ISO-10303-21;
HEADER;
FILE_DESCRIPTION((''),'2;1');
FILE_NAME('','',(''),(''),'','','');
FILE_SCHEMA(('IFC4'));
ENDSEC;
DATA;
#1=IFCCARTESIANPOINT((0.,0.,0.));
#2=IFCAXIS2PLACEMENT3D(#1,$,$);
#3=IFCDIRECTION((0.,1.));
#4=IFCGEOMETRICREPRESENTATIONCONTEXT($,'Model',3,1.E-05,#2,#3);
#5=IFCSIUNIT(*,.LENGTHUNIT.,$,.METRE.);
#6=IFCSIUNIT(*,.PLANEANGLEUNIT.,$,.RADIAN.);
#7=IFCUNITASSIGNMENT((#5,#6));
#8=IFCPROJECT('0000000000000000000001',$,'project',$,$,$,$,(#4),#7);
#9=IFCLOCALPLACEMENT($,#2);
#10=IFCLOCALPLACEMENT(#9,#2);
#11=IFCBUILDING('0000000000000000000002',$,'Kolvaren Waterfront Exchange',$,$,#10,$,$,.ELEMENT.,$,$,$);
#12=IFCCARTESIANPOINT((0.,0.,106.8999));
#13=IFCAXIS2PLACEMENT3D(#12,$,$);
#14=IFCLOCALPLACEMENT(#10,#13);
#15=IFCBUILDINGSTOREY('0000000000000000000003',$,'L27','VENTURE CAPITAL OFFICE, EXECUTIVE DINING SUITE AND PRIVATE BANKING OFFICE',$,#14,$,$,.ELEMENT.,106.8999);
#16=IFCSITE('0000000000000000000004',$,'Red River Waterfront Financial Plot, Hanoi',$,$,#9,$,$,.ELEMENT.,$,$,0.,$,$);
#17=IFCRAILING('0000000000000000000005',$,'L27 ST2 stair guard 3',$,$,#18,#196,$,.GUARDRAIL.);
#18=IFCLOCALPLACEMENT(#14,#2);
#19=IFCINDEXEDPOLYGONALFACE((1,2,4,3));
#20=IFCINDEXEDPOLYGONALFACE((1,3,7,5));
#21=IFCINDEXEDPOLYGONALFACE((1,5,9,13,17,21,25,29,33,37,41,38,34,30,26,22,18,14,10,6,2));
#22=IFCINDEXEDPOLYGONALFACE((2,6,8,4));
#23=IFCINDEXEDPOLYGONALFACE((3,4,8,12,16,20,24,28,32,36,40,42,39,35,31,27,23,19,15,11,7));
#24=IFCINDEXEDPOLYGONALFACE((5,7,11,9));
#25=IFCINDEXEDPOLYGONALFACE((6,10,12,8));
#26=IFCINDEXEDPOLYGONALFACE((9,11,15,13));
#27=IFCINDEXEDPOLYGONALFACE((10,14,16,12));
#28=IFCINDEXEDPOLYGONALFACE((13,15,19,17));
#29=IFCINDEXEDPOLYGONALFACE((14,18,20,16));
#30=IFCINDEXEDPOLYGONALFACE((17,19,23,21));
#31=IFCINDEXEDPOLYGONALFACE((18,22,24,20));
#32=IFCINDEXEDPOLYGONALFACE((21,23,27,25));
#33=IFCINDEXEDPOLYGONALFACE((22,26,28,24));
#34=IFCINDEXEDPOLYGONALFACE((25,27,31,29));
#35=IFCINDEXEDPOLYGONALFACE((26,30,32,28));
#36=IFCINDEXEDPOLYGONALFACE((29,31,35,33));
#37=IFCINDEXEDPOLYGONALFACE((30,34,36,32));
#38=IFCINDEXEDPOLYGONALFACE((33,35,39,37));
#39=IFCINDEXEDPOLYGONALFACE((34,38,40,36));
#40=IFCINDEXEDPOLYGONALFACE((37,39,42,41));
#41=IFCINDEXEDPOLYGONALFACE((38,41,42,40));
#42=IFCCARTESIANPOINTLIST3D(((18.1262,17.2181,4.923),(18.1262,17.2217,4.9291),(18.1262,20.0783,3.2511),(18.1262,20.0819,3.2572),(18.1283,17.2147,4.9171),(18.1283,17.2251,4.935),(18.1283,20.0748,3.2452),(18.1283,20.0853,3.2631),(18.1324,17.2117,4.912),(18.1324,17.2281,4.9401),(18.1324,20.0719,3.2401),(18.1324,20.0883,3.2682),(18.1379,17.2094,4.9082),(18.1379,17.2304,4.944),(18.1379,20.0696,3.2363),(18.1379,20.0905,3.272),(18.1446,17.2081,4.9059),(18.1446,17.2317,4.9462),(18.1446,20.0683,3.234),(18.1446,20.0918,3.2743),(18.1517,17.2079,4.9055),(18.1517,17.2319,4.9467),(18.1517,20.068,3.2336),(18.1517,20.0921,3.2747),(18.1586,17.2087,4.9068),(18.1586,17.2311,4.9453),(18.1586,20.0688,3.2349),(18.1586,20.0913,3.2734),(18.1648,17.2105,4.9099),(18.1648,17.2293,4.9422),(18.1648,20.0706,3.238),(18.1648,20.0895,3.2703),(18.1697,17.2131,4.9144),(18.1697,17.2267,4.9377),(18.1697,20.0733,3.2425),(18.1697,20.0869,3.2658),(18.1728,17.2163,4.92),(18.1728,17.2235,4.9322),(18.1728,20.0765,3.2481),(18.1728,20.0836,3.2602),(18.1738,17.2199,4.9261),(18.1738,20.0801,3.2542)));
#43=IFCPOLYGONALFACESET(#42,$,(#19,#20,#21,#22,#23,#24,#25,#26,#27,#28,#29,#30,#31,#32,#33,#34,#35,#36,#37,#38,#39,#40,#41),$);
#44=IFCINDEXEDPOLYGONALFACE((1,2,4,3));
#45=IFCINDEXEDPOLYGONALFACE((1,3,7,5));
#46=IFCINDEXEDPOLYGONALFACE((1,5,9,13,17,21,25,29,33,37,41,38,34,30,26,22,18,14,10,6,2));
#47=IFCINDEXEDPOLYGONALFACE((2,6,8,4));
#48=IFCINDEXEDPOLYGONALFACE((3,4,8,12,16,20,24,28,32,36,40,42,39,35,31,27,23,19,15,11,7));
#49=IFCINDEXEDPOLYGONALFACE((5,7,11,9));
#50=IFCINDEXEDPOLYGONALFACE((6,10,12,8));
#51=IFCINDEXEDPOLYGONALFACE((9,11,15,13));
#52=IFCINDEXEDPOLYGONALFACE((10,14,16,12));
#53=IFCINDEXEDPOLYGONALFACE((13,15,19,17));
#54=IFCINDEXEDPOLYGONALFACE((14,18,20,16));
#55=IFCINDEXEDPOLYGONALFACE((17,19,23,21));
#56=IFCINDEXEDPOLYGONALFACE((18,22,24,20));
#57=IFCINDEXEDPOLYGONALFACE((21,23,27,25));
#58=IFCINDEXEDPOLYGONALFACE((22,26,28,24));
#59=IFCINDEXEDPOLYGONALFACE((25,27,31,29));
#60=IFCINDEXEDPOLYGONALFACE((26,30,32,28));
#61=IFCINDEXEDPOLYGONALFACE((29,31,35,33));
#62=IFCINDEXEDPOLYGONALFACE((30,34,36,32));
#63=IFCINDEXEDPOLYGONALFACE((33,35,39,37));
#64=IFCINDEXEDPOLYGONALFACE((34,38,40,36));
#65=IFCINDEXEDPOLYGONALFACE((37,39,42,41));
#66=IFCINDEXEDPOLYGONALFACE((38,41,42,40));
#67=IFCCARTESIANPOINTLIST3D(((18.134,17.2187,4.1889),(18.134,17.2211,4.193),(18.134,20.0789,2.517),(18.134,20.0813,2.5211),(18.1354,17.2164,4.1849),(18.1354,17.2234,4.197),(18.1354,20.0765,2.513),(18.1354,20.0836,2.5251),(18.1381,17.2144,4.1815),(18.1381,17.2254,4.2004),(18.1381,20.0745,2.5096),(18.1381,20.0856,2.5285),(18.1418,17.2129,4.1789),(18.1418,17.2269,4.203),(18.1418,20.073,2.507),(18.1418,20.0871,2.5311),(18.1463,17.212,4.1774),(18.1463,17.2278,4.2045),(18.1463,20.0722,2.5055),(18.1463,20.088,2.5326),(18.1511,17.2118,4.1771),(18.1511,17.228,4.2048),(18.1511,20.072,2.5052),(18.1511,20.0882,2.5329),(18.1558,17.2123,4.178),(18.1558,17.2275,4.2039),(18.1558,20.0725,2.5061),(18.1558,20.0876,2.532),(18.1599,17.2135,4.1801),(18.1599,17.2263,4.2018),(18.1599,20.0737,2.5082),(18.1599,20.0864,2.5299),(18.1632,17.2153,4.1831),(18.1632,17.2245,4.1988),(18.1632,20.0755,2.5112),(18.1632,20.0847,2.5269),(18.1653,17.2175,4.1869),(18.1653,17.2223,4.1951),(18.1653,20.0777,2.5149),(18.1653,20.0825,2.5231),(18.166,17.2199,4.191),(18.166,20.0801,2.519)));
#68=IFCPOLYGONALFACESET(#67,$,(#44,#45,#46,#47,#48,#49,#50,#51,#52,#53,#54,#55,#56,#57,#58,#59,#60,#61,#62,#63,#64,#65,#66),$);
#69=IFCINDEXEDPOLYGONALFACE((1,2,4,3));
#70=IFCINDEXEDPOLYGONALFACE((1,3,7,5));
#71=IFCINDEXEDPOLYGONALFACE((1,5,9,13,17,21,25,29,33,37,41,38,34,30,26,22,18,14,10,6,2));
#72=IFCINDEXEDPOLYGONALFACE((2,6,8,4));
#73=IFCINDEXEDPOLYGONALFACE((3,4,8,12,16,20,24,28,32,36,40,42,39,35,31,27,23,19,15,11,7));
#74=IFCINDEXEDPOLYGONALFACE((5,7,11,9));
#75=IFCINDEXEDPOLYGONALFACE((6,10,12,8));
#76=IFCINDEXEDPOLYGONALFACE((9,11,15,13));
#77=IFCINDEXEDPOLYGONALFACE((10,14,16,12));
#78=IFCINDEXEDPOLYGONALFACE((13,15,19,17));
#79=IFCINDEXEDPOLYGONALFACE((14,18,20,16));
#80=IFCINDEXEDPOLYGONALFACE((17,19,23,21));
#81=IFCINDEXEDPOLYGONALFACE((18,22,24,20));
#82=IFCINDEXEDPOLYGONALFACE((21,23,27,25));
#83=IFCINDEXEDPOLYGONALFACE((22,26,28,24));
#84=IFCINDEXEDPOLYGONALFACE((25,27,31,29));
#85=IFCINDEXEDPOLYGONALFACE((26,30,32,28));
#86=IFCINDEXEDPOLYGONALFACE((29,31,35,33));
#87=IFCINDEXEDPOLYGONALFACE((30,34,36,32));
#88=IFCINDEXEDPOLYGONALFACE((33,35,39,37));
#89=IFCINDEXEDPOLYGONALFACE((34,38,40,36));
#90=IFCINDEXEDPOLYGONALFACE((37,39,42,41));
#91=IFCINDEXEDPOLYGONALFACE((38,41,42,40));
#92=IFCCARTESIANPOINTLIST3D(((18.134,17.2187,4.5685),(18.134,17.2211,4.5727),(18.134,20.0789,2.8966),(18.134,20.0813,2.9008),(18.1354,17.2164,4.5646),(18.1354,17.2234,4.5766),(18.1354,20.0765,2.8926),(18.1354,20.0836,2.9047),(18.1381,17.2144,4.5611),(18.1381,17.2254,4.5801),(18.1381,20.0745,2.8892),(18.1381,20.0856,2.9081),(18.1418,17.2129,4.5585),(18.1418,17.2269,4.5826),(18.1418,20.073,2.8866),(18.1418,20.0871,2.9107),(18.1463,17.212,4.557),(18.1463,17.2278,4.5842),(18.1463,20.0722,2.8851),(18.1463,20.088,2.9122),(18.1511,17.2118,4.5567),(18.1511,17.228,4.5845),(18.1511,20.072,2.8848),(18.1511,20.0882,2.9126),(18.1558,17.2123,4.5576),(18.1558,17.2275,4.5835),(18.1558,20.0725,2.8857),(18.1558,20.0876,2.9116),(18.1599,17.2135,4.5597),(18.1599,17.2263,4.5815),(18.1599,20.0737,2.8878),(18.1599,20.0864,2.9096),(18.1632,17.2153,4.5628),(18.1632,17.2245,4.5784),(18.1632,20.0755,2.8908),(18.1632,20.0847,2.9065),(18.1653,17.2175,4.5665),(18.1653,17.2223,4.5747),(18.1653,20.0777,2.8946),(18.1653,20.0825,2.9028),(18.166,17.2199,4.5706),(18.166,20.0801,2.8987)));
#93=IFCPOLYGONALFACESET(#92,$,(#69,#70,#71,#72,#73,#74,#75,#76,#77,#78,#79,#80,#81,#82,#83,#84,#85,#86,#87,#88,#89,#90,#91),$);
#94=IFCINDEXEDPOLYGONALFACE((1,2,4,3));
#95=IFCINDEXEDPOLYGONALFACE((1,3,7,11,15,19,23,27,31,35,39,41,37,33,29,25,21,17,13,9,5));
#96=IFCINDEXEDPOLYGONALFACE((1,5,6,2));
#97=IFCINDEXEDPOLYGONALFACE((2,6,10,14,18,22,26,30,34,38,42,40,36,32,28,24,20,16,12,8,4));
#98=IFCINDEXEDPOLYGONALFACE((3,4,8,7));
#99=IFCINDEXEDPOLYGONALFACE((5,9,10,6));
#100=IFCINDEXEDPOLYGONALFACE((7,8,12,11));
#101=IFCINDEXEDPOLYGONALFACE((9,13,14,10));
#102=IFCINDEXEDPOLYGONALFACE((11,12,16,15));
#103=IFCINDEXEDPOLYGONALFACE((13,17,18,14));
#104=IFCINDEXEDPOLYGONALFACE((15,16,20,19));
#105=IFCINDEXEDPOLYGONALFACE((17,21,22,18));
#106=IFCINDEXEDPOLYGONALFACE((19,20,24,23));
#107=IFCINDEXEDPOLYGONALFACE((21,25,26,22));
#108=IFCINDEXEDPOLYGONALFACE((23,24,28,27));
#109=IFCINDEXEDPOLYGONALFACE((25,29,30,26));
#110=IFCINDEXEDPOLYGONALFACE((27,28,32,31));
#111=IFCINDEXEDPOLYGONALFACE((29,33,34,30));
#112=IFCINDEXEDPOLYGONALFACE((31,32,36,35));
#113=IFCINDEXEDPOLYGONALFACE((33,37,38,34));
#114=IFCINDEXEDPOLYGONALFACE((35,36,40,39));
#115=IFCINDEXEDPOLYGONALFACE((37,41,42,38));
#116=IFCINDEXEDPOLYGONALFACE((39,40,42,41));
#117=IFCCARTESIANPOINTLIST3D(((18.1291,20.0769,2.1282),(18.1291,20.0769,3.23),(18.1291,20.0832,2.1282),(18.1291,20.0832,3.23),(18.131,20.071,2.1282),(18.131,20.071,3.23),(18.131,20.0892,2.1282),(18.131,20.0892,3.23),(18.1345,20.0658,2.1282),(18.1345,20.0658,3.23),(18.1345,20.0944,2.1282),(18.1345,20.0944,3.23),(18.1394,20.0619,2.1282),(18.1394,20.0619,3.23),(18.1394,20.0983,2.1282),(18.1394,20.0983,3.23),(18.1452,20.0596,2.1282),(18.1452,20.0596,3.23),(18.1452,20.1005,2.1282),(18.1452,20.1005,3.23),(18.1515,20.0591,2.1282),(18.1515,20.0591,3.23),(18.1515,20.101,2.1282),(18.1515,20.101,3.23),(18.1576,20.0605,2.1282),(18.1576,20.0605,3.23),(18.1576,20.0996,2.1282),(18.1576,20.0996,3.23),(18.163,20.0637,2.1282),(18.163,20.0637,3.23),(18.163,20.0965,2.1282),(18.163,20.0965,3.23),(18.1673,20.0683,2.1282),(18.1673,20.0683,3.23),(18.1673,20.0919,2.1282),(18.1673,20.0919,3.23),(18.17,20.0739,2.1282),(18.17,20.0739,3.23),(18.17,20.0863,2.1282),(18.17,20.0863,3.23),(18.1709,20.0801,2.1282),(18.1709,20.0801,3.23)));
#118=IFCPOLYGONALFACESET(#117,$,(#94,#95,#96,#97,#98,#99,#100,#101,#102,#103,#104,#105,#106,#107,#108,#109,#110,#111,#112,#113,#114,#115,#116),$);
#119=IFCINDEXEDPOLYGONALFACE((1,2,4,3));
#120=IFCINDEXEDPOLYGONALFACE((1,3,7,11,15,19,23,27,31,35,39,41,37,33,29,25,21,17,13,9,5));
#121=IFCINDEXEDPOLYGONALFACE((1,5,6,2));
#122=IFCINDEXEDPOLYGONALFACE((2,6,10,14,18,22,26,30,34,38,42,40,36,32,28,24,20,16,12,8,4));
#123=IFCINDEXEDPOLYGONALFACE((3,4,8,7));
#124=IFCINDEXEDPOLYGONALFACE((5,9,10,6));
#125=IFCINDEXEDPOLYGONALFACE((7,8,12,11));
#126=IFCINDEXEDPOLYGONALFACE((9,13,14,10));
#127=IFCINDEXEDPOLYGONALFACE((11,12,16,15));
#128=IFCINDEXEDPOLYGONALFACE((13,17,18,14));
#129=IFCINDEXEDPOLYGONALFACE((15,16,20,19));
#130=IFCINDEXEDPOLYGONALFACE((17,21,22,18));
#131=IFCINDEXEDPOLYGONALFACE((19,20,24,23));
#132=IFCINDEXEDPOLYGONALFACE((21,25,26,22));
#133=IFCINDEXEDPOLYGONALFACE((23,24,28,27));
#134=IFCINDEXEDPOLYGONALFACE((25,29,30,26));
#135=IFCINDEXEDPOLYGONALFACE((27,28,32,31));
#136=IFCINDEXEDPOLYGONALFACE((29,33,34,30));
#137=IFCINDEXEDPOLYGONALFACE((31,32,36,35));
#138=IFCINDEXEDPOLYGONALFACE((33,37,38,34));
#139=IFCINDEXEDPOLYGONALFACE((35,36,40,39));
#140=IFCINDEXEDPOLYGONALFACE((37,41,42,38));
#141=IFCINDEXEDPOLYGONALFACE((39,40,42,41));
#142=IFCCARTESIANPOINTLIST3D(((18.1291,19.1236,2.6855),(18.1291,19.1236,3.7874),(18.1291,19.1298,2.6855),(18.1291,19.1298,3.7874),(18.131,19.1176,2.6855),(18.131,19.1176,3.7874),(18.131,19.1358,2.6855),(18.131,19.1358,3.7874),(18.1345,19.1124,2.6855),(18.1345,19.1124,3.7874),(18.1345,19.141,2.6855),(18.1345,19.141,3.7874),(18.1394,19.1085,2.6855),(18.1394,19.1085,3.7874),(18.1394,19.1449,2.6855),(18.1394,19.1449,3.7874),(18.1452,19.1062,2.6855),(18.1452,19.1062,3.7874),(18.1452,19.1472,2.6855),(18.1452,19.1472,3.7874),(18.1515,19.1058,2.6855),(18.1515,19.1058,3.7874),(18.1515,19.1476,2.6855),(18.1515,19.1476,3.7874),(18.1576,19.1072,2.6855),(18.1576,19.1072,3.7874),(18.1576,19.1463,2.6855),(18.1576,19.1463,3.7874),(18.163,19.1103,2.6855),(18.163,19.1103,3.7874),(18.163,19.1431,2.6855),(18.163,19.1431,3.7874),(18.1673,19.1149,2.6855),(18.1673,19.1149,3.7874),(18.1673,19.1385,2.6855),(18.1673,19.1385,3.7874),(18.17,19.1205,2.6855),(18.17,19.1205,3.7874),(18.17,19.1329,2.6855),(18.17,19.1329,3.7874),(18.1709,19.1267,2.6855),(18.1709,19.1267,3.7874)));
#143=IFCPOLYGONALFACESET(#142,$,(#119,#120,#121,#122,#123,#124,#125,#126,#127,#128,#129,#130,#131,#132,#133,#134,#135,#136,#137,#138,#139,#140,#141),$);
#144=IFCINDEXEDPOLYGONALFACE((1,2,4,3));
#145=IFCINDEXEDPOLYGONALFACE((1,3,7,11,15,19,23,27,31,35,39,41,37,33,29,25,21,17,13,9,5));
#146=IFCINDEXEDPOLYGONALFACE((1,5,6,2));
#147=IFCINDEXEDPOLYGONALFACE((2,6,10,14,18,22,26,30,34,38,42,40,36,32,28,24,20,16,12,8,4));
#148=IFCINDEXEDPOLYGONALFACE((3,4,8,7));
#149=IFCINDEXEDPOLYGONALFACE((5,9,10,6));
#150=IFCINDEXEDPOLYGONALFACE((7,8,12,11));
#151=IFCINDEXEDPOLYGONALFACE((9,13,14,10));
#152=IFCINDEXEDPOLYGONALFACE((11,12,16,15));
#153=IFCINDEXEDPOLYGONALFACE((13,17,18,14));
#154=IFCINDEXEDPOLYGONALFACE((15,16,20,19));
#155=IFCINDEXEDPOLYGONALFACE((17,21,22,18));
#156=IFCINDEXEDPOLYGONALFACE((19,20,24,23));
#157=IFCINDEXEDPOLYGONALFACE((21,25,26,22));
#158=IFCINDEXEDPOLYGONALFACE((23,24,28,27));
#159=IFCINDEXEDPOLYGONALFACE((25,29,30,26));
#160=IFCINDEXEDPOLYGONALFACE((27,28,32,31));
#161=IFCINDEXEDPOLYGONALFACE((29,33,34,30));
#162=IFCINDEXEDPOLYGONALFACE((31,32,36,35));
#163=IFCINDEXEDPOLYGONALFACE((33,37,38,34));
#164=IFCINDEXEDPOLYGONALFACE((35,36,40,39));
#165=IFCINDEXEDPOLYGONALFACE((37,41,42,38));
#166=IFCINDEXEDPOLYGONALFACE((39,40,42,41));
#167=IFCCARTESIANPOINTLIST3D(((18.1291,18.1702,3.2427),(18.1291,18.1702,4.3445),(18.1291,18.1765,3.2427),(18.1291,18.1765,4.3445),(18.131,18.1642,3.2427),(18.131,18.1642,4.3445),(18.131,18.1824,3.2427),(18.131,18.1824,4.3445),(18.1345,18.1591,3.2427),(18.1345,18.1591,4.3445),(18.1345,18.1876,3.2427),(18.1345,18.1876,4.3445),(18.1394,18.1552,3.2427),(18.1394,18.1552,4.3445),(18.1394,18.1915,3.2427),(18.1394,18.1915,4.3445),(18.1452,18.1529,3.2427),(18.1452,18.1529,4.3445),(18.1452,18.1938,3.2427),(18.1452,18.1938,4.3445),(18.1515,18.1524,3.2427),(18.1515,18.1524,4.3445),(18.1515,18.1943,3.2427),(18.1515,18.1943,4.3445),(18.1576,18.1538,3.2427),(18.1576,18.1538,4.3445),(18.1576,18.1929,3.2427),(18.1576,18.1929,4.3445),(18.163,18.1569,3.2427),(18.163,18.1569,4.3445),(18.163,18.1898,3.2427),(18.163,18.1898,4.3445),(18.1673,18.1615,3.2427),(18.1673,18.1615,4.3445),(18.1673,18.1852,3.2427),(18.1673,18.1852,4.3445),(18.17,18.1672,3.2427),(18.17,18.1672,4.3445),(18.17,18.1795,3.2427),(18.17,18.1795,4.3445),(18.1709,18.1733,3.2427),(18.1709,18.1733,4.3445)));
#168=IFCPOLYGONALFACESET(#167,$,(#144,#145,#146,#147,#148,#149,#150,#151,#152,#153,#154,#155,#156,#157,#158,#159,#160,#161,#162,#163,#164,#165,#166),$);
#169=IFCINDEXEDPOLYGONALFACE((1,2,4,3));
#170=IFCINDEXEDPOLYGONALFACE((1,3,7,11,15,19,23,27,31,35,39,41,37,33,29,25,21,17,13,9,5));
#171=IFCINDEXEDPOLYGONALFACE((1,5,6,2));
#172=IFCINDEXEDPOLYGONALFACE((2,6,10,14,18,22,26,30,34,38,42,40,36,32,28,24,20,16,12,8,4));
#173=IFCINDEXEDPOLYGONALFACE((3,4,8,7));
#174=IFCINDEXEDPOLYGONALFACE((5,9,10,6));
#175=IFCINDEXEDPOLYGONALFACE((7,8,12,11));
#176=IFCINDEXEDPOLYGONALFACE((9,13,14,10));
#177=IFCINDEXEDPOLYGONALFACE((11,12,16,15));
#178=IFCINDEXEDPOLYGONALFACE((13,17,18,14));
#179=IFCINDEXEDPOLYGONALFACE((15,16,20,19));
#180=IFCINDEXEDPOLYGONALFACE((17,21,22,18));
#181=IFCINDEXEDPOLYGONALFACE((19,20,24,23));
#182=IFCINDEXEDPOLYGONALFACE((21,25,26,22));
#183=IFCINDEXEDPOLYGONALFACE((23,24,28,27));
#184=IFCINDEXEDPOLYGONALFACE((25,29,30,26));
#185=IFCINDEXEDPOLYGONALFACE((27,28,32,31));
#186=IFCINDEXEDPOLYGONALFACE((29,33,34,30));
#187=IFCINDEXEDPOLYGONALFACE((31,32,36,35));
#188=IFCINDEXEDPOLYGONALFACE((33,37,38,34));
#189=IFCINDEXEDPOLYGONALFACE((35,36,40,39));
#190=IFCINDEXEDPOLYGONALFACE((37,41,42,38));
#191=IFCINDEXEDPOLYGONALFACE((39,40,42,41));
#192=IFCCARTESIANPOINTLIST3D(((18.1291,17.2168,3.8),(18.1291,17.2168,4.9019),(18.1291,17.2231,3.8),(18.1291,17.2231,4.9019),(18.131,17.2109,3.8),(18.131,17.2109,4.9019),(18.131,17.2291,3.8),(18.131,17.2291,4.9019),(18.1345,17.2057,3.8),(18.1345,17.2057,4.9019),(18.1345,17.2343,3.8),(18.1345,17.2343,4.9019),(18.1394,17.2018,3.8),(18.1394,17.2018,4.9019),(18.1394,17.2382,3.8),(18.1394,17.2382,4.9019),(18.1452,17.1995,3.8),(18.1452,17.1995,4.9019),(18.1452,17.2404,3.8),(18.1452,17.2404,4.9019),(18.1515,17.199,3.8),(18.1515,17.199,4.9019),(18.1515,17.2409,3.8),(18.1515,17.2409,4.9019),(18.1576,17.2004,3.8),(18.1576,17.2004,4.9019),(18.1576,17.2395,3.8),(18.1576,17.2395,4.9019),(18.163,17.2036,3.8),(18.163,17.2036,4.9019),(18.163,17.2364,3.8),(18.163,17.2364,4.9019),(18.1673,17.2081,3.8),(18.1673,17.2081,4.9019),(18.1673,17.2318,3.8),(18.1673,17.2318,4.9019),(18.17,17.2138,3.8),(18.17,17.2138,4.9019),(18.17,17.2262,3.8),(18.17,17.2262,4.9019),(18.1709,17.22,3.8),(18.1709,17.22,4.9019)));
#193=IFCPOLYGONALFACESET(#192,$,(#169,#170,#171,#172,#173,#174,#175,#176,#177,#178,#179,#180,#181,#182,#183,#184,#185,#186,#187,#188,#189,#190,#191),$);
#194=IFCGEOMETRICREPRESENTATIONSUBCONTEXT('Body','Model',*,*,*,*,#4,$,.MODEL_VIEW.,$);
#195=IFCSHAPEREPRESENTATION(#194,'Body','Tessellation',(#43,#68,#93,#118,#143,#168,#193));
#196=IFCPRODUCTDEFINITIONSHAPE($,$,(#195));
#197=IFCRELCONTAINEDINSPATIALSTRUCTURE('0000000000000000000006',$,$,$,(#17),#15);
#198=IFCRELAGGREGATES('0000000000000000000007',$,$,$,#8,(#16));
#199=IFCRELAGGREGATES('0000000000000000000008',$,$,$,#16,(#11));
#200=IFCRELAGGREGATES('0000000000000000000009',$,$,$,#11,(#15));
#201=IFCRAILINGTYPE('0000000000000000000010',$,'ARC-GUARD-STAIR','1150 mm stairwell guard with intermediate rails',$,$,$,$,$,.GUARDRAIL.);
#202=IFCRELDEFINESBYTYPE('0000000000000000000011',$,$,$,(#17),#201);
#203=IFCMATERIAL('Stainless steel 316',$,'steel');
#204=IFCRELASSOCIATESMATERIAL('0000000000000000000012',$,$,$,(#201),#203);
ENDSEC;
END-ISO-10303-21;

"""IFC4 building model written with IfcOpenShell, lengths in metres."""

from ifc_helpers import new_model, si_unit, direction, frame, origin, origin_2d, place, context, subcontext, project, spatial, circle, extrude, material, type_object, element, save


model = new_model("IFC4")

# Units and contexts
model_context = context("Model", 3, precision=1e-05, world=origin(), true_north=direction((0.0, 1.0)))
body_context = subcontext(model_context, "Body", "Model", "MODEL_VIEW")
ifc_project = project(units=[si_unit("LENGTHUNIT", "METRE"), si_unit("PLANEANGLEUNIT", "RADIAN")], contexts=[model_context])

# Site, building, storey
site_placement = place(None, origin())
site = spatial("IfcSite", under=ifc_project, at=site_placement, Name="Red River Waterfront Financial Plot, Hanoi", CompositionType="ELEMENT", RefElevation=0.0)
building_placement = place(site_placement, origin())
building = spatial("IfcBuilding", under=site, at=building_placement, Name="Kolvaren Waterfront Exchange", CompositionType="ELEMENT")
storey_placement = place(building_placement, frame((0.0, 0.0, 106.8999)))
storey = spatial("IfcBuildingStorey", under=building, at=storey_placement, Name="L27", Description="VENTURE CAPITAL OFFICE, EXECUTIVE DINING SUITE AND PRIVATE BANKING OFFICE", CompositionType="ELEMENT", Elevation=106.8999)

# Railing
ifc_material_1 = material(Name="Stainless steel 316", Category="steel")
railing_type_1 = type_object("IfcRailingType", Name="ARC-GUARD-STAIR", Description="1150 mm stairwell guard with intermediate rails", PredefinedType="GUARDRAIL", material=ifc_material_1)
railing_1_placement = place(storey_placement, frame((18.1499, 20.0801, 2.1282)))
element("IfcRailing", 1, at=railing_1_placement, inside=storey, type_object=railing_type_1, Name="L27 ST2 stair guard 3", PredefinedType="GUARDRAIL", context=body_context, shape_type="SweptSolid", body=[
    extrude(circle(Radius=0.0239, at=origin_2d()), frame((0.0, 0.0, 1.126), z_axis=(0.0, -0.863321, 0.504654), x_axis=(1.0, 0.0, 0.0)), (0.0, 0.0, 1.0), 3.313),
    extrude(circle(Radius=0.0161, at=origin_2d()), frame((0.0, 0.0, 0.3909), z_axis=(0.0, -0.863321, 0.504654), x_axis=(1.0, 0.0, 0.0)), (0.0, 0.0, 1.0), 3.313),
    extrude(circle(Radius=0.0161, at=origin_2d()), frame((0.0, 0.0, 0.7705), z_axis=(0.0, -0.863321, 0.504654), x_axis=(1.0, 0.0, 0.0)), (0.0, 0.0, 1.0), 3.313),
    extrude(circle(Radius=0.021, at=origin_2d()), origin(), (0.0, 0.0, 1.0), 1.1018),
    extrude(circle(Radius=0.021, at=origin_2d()), frame((0.0, -0.9534, 0.5574)), (0.0, 0.0, 1.0), 1.1018),
    extrude(circle(Radius=0.021, at=origin_2d()), frame((0.0, -1.9067, 1.1145)), (0.0, 0.0, 1.0), 1.1018),
    extrude(circle(Radius=0.021, at=origin_2d()), frame((0.0, -2.8601, 1.6719)), (0.0, 0.0, 1.0), 1.1018),
])

save(model, "model.ifc")
